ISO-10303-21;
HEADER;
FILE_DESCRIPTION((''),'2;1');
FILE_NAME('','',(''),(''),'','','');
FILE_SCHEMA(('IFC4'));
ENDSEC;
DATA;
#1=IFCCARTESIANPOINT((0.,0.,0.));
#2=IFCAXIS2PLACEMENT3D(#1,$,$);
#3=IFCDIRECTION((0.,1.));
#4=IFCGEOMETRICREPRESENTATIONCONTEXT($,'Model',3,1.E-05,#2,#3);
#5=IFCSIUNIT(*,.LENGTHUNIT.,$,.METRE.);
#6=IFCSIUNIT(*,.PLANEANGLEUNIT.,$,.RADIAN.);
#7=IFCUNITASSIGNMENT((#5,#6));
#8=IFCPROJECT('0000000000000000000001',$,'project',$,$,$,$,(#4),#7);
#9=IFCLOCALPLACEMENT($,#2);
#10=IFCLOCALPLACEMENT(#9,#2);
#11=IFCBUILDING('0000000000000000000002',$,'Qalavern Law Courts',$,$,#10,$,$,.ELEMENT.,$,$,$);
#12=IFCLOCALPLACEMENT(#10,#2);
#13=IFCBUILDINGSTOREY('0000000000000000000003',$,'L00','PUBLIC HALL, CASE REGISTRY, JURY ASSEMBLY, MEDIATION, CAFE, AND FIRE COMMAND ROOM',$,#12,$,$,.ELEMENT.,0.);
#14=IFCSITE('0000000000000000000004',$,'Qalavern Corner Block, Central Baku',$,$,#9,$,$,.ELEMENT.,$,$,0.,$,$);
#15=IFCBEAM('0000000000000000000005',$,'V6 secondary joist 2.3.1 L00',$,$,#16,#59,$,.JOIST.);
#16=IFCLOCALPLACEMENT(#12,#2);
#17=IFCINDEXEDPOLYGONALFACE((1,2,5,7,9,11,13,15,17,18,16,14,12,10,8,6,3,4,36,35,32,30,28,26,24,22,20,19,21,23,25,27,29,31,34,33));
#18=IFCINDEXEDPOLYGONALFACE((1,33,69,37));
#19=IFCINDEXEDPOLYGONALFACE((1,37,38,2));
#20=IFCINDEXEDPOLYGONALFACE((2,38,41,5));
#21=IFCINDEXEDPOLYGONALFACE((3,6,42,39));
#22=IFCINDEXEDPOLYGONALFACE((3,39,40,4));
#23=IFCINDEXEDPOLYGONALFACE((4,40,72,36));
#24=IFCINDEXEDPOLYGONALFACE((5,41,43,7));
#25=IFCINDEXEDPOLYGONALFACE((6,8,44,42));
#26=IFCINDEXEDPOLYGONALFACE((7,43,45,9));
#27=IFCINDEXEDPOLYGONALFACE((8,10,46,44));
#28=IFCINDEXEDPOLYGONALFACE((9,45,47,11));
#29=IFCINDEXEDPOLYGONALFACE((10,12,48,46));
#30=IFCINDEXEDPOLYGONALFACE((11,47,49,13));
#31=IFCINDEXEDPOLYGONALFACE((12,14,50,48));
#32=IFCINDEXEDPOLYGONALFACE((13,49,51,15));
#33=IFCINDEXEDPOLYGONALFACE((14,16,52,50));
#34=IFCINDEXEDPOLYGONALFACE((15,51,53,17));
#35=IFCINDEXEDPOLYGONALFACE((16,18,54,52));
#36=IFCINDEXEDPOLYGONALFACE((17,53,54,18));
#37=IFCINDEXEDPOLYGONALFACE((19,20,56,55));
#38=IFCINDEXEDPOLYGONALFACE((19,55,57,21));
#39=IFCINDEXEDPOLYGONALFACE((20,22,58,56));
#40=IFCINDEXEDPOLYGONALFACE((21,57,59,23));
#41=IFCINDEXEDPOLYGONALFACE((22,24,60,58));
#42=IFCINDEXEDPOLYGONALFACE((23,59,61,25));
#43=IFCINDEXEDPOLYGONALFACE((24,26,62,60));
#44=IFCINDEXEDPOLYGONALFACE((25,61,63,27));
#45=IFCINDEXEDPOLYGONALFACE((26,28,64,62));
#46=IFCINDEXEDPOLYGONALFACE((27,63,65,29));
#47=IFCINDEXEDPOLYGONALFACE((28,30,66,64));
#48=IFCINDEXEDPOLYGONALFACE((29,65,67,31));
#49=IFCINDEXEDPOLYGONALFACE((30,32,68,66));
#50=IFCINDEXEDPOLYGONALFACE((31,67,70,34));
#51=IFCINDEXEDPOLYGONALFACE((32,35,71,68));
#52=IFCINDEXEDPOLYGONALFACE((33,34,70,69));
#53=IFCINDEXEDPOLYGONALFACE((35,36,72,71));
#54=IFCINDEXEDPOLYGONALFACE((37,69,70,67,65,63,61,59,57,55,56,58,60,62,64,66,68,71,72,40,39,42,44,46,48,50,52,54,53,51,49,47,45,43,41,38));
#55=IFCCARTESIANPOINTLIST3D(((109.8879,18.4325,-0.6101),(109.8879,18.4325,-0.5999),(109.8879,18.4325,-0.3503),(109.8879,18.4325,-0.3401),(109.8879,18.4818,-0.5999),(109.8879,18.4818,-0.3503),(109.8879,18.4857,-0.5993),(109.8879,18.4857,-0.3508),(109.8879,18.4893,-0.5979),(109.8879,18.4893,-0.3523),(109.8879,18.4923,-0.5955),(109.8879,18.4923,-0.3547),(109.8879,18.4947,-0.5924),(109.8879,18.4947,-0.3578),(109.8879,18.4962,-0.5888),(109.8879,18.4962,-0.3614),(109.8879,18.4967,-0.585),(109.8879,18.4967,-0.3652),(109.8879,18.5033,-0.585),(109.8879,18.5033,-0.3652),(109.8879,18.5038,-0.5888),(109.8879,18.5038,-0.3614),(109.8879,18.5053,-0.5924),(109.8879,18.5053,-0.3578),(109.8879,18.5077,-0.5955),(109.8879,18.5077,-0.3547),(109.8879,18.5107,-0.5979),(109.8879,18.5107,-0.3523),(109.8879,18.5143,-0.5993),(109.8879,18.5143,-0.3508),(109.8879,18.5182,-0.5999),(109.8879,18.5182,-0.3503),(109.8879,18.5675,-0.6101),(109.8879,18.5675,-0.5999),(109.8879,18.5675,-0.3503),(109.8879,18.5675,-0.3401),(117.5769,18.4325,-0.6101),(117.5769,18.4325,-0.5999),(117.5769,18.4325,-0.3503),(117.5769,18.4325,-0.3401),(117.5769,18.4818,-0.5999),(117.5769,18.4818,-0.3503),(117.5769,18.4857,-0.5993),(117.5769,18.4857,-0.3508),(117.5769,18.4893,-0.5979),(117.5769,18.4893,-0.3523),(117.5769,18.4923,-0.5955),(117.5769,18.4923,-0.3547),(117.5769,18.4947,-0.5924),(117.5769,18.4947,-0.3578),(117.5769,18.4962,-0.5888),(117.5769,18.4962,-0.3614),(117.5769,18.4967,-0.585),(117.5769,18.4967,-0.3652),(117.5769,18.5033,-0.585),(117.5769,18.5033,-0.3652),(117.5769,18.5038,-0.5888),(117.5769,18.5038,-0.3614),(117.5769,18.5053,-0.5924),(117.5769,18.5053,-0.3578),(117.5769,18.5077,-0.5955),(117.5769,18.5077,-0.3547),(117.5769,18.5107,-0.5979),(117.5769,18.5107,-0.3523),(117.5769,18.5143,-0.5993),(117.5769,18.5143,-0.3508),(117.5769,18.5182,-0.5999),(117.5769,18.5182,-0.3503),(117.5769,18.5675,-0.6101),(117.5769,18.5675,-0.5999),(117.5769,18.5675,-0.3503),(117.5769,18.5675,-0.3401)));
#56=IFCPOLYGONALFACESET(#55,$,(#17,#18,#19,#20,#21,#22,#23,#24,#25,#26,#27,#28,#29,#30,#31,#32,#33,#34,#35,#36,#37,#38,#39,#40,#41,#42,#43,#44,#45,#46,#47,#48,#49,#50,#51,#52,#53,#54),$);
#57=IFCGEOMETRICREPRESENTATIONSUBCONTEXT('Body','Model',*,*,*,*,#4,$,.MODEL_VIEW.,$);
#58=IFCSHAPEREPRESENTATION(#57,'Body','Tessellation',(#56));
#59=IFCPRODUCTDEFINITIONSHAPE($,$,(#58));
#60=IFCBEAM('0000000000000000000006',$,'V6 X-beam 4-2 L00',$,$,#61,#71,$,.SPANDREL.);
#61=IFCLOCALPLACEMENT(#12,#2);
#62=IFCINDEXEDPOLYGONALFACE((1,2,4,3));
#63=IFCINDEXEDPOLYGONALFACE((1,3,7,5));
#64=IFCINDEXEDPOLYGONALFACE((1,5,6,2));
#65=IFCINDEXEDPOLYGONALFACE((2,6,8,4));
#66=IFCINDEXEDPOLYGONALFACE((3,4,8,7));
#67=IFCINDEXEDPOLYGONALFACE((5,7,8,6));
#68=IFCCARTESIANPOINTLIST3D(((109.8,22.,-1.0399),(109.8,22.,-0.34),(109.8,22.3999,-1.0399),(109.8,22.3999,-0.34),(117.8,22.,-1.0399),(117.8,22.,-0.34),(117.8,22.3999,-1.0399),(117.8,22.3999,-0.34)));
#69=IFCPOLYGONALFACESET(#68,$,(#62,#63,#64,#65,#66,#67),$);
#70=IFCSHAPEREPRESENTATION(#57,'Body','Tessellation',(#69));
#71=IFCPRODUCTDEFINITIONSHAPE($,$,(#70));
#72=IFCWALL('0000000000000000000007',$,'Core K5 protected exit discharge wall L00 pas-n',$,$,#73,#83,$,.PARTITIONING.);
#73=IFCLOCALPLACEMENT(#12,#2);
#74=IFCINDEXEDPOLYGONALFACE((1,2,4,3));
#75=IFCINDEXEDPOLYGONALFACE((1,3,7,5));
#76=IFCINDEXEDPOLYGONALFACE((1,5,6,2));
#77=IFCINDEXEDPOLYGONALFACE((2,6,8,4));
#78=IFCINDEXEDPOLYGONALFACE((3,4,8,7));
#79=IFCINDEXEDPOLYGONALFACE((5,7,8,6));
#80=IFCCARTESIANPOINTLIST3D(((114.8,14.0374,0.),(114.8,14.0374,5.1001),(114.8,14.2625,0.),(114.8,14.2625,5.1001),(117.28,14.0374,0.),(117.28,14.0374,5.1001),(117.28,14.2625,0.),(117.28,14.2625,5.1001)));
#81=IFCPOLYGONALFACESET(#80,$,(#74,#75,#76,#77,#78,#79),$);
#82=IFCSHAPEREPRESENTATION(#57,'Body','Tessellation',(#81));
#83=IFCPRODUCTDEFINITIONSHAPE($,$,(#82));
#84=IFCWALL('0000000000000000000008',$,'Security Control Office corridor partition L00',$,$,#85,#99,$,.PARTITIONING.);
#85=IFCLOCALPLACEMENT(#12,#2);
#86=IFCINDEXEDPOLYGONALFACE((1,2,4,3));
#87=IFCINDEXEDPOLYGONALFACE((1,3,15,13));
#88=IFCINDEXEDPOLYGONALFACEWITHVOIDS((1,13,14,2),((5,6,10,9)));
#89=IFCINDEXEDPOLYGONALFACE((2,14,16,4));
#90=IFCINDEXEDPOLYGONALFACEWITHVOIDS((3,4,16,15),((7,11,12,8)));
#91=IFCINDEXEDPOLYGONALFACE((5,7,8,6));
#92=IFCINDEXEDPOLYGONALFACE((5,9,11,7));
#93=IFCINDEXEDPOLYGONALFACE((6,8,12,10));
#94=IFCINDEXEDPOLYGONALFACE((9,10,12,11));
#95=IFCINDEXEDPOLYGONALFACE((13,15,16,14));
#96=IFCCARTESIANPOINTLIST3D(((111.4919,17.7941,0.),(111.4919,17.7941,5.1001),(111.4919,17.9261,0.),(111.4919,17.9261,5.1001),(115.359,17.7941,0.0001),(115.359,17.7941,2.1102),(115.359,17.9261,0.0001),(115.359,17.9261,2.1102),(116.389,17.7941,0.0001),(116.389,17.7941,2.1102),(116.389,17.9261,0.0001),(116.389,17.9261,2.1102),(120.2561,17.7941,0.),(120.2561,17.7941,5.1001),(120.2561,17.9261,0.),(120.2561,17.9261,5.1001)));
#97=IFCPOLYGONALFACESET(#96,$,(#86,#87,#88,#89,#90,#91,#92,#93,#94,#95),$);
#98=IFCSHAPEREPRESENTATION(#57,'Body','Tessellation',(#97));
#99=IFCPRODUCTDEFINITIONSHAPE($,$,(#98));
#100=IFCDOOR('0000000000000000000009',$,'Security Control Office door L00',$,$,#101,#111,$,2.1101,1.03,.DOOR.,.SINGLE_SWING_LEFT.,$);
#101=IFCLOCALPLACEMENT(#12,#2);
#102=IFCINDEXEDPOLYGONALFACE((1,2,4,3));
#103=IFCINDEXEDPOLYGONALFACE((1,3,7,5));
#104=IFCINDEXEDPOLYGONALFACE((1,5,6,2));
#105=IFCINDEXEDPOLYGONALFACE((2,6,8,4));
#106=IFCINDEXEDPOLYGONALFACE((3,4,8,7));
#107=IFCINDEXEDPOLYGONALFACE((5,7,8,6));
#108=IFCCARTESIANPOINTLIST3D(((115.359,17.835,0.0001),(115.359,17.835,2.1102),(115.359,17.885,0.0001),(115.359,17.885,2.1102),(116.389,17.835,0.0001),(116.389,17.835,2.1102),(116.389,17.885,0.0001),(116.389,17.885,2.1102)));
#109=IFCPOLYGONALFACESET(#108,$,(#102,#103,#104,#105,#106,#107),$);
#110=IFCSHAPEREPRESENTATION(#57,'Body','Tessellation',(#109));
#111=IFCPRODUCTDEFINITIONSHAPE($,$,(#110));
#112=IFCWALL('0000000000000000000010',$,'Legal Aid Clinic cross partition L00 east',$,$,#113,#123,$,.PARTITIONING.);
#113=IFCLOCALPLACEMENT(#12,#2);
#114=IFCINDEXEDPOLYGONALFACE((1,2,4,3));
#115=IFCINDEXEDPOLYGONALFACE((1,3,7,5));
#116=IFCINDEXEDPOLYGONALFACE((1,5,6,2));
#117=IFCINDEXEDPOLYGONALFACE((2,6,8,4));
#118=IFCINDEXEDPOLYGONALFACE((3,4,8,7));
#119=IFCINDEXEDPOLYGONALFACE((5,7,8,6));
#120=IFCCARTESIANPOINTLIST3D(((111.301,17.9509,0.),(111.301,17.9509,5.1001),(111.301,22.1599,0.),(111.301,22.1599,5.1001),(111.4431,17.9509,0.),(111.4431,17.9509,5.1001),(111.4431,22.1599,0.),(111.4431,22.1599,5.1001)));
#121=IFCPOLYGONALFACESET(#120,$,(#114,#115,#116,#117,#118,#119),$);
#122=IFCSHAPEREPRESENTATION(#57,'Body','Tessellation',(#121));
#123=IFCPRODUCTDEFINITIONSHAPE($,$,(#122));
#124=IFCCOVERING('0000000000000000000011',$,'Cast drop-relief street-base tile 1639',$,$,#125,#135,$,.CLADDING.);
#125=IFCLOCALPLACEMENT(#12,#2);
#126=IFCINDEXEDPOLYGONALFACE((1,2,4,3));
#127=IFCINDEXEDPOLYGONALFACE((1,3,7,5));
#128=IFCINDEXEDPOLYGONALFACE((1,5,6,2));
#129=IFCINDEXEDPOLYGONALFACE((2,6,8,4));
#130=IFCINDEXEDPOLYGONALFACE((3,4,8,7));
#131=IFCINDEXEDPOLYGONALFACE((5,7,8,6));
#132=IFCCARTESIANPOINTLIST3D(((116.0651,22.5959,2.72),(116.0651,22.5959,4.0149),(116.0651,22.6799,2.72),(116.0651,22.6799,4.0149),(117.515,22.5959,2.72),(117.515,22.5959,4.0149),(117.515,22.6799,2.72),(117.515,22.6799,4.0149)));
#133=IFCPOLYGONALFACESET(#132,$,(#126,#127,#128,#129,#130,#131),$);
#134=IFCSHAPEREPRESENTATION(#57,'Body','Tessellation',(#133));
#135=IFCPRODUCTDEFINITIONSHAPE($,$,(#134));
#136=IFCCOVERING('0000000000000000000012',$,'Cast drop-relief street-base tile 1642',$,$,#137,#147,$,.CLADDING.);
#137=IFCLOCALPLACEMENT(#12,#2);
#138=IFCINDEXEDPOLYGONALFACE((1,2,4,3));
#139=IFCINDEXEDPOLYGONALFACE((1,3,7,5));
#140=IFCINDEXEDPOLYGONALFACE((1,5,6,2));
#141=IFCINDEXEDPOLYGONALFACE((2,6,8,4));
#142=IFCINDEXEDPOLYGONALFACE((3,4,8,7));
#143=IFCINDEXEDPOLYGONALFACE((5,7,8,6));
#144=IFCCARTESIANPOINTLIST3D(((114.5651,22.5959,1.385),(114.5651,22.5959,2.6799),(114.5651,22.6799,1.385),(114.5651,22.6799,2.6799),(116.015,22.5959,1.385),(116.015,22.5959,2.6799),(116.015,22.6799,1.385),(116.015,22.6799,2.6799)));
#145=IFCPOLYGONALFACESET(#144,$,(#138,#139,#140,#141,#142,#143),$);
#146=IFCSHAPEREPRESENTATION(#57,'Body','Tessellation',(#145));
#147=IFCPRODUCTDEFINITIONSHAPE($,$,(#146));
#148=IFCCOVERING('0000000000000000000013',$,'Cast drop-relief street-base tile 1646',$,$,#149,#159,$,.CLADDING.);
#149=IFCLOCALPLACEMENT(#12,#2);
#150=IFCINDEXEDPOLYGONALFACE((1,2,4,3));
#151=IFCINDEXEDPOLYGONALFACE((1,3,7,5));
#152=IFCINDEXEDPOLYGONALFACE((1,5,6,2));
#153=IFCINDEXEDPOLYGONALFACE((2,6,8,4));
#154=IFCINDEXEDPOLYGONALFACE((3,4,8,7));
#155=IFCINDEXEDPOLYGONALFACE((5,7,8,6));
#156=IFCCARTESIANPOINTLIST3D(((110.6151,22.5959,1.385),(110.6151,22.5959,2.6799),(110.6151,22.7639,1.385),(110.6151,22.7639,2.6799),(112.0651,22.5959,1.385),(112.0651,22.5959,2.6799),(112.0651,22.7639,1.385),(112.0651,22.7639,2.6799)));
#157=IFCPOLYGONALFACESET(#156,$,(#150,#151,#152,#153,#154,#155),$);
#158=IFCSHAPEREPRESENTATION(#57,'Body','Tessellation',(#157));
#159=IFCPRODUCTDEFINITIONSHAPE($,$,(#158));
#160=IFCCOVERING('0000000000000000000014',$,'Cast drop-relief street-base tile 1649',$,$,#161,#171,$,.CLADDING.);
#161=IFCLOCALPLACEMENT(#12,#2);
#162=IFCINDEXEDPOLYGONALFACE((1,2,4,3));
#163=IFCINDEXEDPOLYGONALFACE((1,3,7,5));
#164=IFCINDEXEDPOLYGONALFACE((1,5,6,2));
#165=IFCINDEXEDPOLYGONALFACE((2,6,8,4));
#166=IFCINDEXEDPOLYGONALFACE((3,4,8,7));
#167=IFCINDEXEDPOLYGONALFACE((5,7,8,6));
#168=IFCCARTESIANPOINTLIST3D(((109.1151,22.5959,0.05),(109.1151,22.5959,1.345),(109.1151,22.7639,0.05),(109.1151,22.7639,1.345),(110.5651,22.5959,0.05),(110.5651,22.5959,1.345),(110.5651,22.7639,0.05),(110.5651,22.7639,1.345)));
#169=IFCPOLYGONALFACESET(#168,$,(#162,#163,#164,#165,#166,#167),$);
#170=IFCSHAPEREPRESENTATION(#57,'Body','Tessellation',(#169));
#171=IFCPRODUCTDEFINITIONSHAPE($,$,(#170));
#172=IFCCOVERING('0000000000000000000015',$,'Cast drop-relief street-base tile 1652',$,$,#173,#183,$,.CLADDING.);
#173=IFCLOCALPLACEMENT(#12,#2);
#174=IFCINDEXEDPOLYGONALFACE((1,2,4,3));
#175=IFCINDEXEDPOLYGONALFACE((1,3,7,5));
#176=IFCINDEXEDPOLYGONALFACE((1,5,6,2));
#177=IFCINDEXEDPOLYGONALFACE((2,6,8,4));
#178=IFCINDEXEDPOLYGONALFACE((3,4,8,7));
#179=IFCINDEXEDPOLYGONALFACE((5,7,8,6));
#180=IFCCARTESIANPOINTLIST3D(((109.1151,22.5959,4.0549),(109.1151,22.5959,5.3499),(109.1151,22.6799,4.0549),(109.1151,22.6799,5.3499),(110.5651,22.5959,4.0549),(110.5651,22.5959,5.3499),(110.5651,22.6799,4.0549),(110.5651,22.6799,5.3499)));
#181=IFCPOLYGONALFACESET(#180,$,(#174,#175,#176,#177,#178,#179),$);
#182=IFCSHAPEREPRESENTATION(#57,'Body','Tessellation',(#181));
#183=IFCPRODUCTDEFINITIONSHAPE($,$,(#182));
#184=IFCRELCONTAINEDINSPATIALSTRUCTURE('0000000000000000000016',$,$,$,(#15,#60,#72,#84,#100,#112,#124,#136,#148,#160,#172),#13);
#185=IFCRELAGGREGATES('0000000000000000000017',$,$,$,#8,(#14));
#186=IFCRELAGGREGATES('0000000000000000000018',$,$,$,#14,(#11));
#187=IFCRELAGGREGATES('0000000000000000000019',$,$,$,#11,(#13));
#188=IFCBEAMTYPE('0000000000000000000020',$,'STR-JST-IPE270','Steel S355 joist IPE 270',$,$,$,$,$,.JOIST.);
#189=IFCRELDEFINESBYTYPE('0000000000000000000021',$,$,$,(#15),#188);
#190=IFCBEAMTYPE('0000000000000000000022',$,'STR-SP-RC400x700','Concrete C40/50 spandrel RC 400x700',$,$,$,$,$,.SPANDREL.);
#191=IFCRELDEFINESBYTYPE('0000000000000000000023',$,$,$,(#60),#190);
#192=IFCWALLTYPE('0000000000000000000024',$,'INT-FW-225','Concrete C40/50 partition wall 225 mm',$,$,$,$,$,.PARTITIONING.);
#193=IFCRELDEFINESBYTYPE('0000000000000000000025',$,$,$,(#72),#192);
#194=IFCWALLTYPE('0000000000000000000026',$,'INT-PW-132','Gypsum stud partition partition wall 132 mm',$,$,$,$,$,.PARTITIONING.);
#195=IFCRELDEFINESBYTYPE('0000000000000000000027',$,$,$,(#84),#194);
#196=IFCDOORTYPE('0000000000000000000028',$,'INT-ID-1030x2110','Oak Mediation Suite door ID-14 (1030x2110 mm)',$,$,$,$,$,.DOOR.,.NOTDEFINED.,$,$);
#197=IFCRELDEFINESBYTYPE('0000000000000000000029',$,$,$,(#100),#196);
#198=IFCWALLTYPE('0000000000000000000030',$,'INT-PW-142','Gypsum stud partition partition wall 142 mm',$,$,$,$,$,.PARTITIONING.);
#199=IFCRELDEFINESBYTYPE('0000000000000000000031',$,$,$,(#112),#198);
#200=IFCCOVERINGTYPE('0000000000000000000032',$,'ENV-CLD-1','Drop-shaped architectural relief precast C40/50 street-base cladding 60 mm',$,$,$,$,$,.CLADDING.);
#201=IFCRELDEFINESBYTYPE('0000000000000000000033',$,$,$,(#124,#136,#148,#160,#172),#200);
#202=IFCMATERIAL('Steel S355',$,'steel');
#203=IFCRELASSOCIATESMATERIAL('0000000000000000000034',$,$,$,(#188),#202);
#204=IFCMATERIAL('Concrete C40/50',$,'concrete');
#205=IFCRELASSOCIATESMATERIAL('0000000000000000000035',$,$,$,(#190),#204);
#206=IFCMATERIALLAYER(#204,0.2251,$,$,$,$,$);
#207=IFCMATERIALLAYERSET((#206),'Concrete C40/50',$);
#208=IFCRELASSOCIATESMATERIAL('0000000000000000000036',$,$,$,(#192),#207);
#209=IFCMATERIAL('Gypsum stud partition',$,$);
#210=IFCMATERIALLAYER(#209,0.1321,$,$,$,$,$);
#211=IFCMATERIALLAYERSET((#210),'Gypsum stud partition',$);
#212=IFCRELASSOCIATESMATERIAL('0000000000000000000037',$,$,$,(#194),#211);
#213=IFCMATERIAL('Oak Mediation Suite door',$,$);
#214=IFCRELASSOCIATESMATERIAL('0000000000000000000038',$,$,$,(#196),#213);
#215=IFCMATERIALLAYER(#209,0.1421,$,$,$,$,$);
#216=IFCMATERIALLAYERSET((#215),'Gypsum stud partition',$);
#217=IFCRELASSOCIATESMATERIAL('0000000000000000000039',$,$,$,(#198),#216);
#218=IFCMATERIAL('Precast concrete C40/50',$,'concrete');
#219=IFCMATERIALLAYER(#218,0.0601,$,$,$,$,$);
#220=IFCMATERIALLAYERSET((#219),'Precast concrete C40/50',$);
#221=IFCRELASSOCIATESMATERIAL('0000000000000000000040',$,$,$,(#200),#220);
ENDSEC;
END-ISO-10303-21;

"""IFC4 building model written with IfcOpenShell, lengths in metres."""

from ifc_helpers import new_model, si_unit, direction, frame, frame_2d, origin, origin_2d, place, context, subcontext, project, spatial, rectangle, i_section, extrude, material, layer, layer_set, material_profile, profile_set, type_object, element, fill, save


model = new_model("IFC4")

# Units and contexts
model_context = context("Model", 3, precision=1e-05, world=origin(), true_north=direction((0.0, 1.0)))
body_context = subcontext(model_context, "Body", "Model", "MODEL_VIEW")
ifc_project = project(units=[si_unit("LENGTHUNIT", "METRE"), si_unit("PLANEANGLEUNIT", "RADIAN")], contexts=[model_context])

# Site, building, storey
site_placement = place(None, origin())
site = spatial("IfcSite", under=ifc_project, at=site_placement, Name="Qalavern Corner Block, Central Baku", CompositionType="ELEMENT", RefElevation=0.0)
building_placement = place(site_placement, origin())
building = spatial("IfcBuilding", under=site, at=building_placement, Name="Qalavern Law Courts", CompositionType="ELEMENT")
storey_placement = place(building_placement, origin())
storey = spatial("IfcBuildingStorey", under=building, at=storey_placement, Name="L00", Description="PUBLIC HALL, CASE REGISTRY, JURY ASSEMBLY, MEDIATION, CAFE, AND FIRE COMMAND ROOM", CompositionType="ELEMENT", Elevation=0.0)

# Beams
ifc_material_1 = material(Name="Steel S355", Category="steel")
ifc_material_profile_1 = material_profile(ifc_material_1, i_section(OverallWidth=0.135, OverallDepth=0.27, WebThickness=0.0066, FlangeThickness=0.0103, FilletRadius=0.0149, at=origin_2d()), Name="IPE 270")
ifc_profile_set_1 = profile_set([ifc_material_profile_1], Name="Steel S355")
beam_type_1 = type_object("IfcBeamType", Name="STR-JST-IPE270", Description="Steel S355 joist IPE 270", PredefinedType="JOIST", material=ifc_profile_set_1)
beam_1_placement = place(storey_placement, frame((109.8879, 18.5, -0.4751), z_axis=(1.0, 0.0, 0.0), x_axis=(0.0, 1.0, 0.0)))
element("IfcBeam", 1, at=beam_1_placement, inside=storey, type_object=beam_type_1, Name="V6 secondary joist 2.3.1 L00", PredefinedType="JOIST", context=body_context, shape_type="SweptSolid", body=[
    extrude(i_section(OverallWidth=0.135, OverallDepth=0.27, WebThickness=0.0066, FlangeThickness=0.0103, FilletRadius=0.0149, at=origin_2d()), origin(), (0.0, 0.0, 1.0), 7.689),
])
ifc_material_2 = material(Name="Concrete C40/50", Category="concrete")
ifc_material_profile_2 = material_profile(ifc_material_2, rectangle(XDim=0.3999, YDim=0.7, at=origin_2d()), Name="RC 400x700")
ifc_profile_set_2 = profile_set([ifc_material_profile_2], Name="Concrete C40/50")
beam_type_2 = type_object("IfcBeamType", Name="STR-SP-RC400x700", Description="Concrete C40/50 spandrel RC 400x700", PredefinedType="SPANDREL", material=ifc_profile_set_2)
beam_2_placement = place(storey_placement, frame((109.8, 22.2, -0.6899), z_axis=(1.0, 0.0, 0.0), x_axis=(0.0, 1.0, 0.0)))
element("IfcBeam", 2, at=beam_2_placement, inside=storey, type_object=beam_type_2, Name="V6 X-beam 4-2 L00", PredefinedType="SPANDREL", context=body_context, shape_type="SweptSolid", body=[
    extrude(rectangle(XDim=0.3999, YDim=0.7, at=origin_2d()), origin(), (0.0, 0.0, 1.0), 8.0),
])

# Wall
ifc_layer_1 = layer(ifc_material_2, 0.2251)
ifc_layer_set_1 = layer_set([ifc_layer_1], Name="Concrete C40/50")
wall_type_1 = type_object("IfcWallType", Name="INT-FW-225", Description="Concrete C40/50 partition wall 225 mm", PredefinedType="PARTITIONING", material=ifc_layer_set_1)
wall_1_placement = place(storey_placement, frame((114.8, 14.1499, 0.0), z_axis=(0.0, 0.0, 1.0), x_axis=(1.0, 0.0, 0.0)))
element("IfcWall", 3, at=wall_1_placement, inside=storey, type_object=wall_type_1, Name="Core K5 protected exit discharge wall L00 pas-n", PredefinedType="PARTITIONING", context=body_context, shape_type="SweptSolid", body=[
    extrude(rectangle(XDim=2.48, YDim=0.2251, at=frame_2d((1.24, 0.0))), origin(), (0.0, 0.0, 1.0), 5.1001),
])

# Wall, opening, door
ifc_material_3 = material(Name="Gypsum stud partition")
ifc_layer_2 = layer(ifc_material_3, 0.1321)
ifc_layer_set_2 = layer_set([ifc_layer_2], Name="Gypsum stud partition")
wall_type_2 = type_object("IfcWallType", Name="INT-PW-132", Description="Gypsum stud partition partition wall 132 mm", PredefinedType="PARTITIONING", material=ifc_layer_set_2)
wall_2_placement = place(storey_placement, frame((111.4919, 17.8601, 0.0), z_axis=(0.0, 0.0, 1.0), x_axis=(1.0, 0.0, 0.0)))
wall_2 = element("IfcWall", 4, at=wall_2_placement, inside=storey, type_object=wall_type_2, Name="Security Control Office corridor partition L00", PredefinedType="PARTITIONING", context=body_context, shape_type="SweptSolid", body=[
    extrude(rectangle(XDim=8.7642, YDim=0.1321, at=frame_2d((4.3821, 0.0))), origin(), (0.0, 0.0, 1.0), 5.1001),
])
opening_placement = place(wall_2_placement, frame((3.8669, 0.0, 0.0)))
opening = element("IfcOpeningElement", 5, at=opening_placement, cuts=wall_2, PredefinedType="OPENING", context=body_context, shape_type="SweptSolid", body=[
    extrude(rectangle(XDim=1.03, YDim=2.1101, at=frame_2d((0.5151, 1.0552))), frame((0.0, 0.0811, 0.0), z_axis=(0.0, -1.0, 0.0), x_axis=(1.0, 0.0, 0.0)), (0.0, 0.0, 1.0), 0.1619),
])
ifc_material_4 = material(Name="Oak Mediation Suite door")
door_type = type_object("IfcDoorType", Name="INT-ID-1030x2110", Description="Oak Mediation Suite door ID-14 (1030x2110 mm)", OperationType="NOTDEFINED", PredefinedType="DOOR", material=ifc_material_4)
door_placement = place(opening_placement, origin())
door = element("IfcDoor", 6, at=door_placement, inside=storey, type_object=door_type, Name="Security Control Office door L00", OperationType="SINGLE_SWING_LEFT", OverallHeight=2.1101, OverallWidth=1.03, PredefinedType="DOOR", context=body_context, shape_type="SweptSolid", body=[
    extrude(rectangle(XDim=1.03, YDim=2.1101, at=frame_2d((0.5151, 1.0552))), frame((0.0, 0.0249, 0.0), z_axis=(0.0, -1.0, 0.0), x_axis=(1.0, 0.0, 0.0)), (0.0, 0.0, 1.0), 0.05),
])
fill(opening, door)

# Wall
ifc_layer_3 = layer(ifc_material_3, 0.1421)
ifc_layer_set_3 = layer_set([ifc_layer_3], Name="Gypsum stud partition")
wall_type_3 = type_object("IfcWallType", Name="INT-PW-142", Description="Gypsum stud partition partition wall 142 mm", PredefinedType="PARTITIONING", material=ifc_layer_set_3)
wall_3_placement = place(storey_placement, frame((111.3721, 17.9509, 0.0), z_axis=(0.0, 0.0, 1.0), x_axis=(0.0, 1.0, 0.0)))
element("IfcWall", 7, at=wall_3_placement, inside=storey, type_object=wall_type_3, Name="Legal Aid Clinic cross partition L00 east", PredefinedType="PARTITIONING", context=body_context, shape_type="SweptSolid", body=[
    extrude(rectangle(XDim=4.209, YDim=0.1421, at=frame_2d((2.1045, 0.0))), origin(), (0.0, 0.0, 1.0), 5.1001),
])

# Coverings
ifc_material_5 = material(Name="Precast concrete C40/50", Category="concrete")
ifc_layer_4 = layer(ifc_material_5, 0.0601)
ifc_layer_set_4 = layer_set([ifc_layer_4], Name="Precast concrete C40/50")
covering_type_1 = type_object("IfcCoveringType", Name="ENV-CLD-1", Description="Drop-shaped architectural relief precast C40/50 street-base cladding 60 mm", PredefinedType="CLADDING", material=ifc_layer_set_4)
for number, where, z_axis, x_axis, name in (
    (8, (116.79, 22.6379, 2.72), (0.0, 0.0, 1.0), (-1.0, 0.0, 0.0), "Cast drop-relief street-base tile 1639"),
    (9, (115.29, 22.6379, 1.385), (0.0, 0.0, 1.0), (-1.0, 0.0, 0.0), "Cast drop-relief street-base tile 1642"),
):
    element("IfcCovering", number, at=place(storey_placement, frame(where, z_axis=z_axis, x_axis=x_axis)), inside=storey, type_object=covering_type_1, Name=name, PredefinedType="CLADDING", context=body_context, shape_type="SweptSolid", body=[
        extrude(rectangle(XDim=1.45, YDim=0.084, at=origin_2d()), origin(), (0.0, 0.0, 1.0), 1.2949),
    ])
for number, where, z_axis, x_axis, name in (
    (10, (111.3401, 22.6799, 1.385), (0.0, 0.0, 1.0), (-1.0, 0.0, 0.0), "Cast drop-relief street-base tile 1646"),
    (11, (109.8401, 22.6799, 0.05), (0.0, 0.0, 1.0), (-1.0, 0.0, 0.0), "Cast drop-relief street-base tile 1649"),
):
    element("IfcCovering", number, at=place(storey_placement, frame(where, z_axis=z_axis, x_axis=x_axis)), inside=storey, type_object=covering_type_1, Name=name, PredefinedType="CLADDING", context=body_context, shape_type="SweptSolid", body=[
        extrude(rectangle(XDim=1.45, YDim=0.168, at=origin_2d()), origin(), (0.0, 0.0, 1.0), 1.2949),
    ])
covering_1_placement = place(storey_placement, frame((109.8401, 22.6379, 4.0549), z_axis=(0.0, 0.0, 1.0), x_axis=(-1.0, 0.0, 0.0)))
element("IfcCovering", 12, at=covering_1_placement, inside=storey, type_object=covering_type_1, Name="Cast drop-relief street-base tile 1652", PredefinedType="CLADDING", context=body_context, shape_type="SweptSolid", body=[
    extrude(rectangle(XDim=1.45, YDim=0.084, at=origin_2d()), origin(), (0.0, 0.0, 1.0), 1.2949),
])

save(model, "model.ifc")
